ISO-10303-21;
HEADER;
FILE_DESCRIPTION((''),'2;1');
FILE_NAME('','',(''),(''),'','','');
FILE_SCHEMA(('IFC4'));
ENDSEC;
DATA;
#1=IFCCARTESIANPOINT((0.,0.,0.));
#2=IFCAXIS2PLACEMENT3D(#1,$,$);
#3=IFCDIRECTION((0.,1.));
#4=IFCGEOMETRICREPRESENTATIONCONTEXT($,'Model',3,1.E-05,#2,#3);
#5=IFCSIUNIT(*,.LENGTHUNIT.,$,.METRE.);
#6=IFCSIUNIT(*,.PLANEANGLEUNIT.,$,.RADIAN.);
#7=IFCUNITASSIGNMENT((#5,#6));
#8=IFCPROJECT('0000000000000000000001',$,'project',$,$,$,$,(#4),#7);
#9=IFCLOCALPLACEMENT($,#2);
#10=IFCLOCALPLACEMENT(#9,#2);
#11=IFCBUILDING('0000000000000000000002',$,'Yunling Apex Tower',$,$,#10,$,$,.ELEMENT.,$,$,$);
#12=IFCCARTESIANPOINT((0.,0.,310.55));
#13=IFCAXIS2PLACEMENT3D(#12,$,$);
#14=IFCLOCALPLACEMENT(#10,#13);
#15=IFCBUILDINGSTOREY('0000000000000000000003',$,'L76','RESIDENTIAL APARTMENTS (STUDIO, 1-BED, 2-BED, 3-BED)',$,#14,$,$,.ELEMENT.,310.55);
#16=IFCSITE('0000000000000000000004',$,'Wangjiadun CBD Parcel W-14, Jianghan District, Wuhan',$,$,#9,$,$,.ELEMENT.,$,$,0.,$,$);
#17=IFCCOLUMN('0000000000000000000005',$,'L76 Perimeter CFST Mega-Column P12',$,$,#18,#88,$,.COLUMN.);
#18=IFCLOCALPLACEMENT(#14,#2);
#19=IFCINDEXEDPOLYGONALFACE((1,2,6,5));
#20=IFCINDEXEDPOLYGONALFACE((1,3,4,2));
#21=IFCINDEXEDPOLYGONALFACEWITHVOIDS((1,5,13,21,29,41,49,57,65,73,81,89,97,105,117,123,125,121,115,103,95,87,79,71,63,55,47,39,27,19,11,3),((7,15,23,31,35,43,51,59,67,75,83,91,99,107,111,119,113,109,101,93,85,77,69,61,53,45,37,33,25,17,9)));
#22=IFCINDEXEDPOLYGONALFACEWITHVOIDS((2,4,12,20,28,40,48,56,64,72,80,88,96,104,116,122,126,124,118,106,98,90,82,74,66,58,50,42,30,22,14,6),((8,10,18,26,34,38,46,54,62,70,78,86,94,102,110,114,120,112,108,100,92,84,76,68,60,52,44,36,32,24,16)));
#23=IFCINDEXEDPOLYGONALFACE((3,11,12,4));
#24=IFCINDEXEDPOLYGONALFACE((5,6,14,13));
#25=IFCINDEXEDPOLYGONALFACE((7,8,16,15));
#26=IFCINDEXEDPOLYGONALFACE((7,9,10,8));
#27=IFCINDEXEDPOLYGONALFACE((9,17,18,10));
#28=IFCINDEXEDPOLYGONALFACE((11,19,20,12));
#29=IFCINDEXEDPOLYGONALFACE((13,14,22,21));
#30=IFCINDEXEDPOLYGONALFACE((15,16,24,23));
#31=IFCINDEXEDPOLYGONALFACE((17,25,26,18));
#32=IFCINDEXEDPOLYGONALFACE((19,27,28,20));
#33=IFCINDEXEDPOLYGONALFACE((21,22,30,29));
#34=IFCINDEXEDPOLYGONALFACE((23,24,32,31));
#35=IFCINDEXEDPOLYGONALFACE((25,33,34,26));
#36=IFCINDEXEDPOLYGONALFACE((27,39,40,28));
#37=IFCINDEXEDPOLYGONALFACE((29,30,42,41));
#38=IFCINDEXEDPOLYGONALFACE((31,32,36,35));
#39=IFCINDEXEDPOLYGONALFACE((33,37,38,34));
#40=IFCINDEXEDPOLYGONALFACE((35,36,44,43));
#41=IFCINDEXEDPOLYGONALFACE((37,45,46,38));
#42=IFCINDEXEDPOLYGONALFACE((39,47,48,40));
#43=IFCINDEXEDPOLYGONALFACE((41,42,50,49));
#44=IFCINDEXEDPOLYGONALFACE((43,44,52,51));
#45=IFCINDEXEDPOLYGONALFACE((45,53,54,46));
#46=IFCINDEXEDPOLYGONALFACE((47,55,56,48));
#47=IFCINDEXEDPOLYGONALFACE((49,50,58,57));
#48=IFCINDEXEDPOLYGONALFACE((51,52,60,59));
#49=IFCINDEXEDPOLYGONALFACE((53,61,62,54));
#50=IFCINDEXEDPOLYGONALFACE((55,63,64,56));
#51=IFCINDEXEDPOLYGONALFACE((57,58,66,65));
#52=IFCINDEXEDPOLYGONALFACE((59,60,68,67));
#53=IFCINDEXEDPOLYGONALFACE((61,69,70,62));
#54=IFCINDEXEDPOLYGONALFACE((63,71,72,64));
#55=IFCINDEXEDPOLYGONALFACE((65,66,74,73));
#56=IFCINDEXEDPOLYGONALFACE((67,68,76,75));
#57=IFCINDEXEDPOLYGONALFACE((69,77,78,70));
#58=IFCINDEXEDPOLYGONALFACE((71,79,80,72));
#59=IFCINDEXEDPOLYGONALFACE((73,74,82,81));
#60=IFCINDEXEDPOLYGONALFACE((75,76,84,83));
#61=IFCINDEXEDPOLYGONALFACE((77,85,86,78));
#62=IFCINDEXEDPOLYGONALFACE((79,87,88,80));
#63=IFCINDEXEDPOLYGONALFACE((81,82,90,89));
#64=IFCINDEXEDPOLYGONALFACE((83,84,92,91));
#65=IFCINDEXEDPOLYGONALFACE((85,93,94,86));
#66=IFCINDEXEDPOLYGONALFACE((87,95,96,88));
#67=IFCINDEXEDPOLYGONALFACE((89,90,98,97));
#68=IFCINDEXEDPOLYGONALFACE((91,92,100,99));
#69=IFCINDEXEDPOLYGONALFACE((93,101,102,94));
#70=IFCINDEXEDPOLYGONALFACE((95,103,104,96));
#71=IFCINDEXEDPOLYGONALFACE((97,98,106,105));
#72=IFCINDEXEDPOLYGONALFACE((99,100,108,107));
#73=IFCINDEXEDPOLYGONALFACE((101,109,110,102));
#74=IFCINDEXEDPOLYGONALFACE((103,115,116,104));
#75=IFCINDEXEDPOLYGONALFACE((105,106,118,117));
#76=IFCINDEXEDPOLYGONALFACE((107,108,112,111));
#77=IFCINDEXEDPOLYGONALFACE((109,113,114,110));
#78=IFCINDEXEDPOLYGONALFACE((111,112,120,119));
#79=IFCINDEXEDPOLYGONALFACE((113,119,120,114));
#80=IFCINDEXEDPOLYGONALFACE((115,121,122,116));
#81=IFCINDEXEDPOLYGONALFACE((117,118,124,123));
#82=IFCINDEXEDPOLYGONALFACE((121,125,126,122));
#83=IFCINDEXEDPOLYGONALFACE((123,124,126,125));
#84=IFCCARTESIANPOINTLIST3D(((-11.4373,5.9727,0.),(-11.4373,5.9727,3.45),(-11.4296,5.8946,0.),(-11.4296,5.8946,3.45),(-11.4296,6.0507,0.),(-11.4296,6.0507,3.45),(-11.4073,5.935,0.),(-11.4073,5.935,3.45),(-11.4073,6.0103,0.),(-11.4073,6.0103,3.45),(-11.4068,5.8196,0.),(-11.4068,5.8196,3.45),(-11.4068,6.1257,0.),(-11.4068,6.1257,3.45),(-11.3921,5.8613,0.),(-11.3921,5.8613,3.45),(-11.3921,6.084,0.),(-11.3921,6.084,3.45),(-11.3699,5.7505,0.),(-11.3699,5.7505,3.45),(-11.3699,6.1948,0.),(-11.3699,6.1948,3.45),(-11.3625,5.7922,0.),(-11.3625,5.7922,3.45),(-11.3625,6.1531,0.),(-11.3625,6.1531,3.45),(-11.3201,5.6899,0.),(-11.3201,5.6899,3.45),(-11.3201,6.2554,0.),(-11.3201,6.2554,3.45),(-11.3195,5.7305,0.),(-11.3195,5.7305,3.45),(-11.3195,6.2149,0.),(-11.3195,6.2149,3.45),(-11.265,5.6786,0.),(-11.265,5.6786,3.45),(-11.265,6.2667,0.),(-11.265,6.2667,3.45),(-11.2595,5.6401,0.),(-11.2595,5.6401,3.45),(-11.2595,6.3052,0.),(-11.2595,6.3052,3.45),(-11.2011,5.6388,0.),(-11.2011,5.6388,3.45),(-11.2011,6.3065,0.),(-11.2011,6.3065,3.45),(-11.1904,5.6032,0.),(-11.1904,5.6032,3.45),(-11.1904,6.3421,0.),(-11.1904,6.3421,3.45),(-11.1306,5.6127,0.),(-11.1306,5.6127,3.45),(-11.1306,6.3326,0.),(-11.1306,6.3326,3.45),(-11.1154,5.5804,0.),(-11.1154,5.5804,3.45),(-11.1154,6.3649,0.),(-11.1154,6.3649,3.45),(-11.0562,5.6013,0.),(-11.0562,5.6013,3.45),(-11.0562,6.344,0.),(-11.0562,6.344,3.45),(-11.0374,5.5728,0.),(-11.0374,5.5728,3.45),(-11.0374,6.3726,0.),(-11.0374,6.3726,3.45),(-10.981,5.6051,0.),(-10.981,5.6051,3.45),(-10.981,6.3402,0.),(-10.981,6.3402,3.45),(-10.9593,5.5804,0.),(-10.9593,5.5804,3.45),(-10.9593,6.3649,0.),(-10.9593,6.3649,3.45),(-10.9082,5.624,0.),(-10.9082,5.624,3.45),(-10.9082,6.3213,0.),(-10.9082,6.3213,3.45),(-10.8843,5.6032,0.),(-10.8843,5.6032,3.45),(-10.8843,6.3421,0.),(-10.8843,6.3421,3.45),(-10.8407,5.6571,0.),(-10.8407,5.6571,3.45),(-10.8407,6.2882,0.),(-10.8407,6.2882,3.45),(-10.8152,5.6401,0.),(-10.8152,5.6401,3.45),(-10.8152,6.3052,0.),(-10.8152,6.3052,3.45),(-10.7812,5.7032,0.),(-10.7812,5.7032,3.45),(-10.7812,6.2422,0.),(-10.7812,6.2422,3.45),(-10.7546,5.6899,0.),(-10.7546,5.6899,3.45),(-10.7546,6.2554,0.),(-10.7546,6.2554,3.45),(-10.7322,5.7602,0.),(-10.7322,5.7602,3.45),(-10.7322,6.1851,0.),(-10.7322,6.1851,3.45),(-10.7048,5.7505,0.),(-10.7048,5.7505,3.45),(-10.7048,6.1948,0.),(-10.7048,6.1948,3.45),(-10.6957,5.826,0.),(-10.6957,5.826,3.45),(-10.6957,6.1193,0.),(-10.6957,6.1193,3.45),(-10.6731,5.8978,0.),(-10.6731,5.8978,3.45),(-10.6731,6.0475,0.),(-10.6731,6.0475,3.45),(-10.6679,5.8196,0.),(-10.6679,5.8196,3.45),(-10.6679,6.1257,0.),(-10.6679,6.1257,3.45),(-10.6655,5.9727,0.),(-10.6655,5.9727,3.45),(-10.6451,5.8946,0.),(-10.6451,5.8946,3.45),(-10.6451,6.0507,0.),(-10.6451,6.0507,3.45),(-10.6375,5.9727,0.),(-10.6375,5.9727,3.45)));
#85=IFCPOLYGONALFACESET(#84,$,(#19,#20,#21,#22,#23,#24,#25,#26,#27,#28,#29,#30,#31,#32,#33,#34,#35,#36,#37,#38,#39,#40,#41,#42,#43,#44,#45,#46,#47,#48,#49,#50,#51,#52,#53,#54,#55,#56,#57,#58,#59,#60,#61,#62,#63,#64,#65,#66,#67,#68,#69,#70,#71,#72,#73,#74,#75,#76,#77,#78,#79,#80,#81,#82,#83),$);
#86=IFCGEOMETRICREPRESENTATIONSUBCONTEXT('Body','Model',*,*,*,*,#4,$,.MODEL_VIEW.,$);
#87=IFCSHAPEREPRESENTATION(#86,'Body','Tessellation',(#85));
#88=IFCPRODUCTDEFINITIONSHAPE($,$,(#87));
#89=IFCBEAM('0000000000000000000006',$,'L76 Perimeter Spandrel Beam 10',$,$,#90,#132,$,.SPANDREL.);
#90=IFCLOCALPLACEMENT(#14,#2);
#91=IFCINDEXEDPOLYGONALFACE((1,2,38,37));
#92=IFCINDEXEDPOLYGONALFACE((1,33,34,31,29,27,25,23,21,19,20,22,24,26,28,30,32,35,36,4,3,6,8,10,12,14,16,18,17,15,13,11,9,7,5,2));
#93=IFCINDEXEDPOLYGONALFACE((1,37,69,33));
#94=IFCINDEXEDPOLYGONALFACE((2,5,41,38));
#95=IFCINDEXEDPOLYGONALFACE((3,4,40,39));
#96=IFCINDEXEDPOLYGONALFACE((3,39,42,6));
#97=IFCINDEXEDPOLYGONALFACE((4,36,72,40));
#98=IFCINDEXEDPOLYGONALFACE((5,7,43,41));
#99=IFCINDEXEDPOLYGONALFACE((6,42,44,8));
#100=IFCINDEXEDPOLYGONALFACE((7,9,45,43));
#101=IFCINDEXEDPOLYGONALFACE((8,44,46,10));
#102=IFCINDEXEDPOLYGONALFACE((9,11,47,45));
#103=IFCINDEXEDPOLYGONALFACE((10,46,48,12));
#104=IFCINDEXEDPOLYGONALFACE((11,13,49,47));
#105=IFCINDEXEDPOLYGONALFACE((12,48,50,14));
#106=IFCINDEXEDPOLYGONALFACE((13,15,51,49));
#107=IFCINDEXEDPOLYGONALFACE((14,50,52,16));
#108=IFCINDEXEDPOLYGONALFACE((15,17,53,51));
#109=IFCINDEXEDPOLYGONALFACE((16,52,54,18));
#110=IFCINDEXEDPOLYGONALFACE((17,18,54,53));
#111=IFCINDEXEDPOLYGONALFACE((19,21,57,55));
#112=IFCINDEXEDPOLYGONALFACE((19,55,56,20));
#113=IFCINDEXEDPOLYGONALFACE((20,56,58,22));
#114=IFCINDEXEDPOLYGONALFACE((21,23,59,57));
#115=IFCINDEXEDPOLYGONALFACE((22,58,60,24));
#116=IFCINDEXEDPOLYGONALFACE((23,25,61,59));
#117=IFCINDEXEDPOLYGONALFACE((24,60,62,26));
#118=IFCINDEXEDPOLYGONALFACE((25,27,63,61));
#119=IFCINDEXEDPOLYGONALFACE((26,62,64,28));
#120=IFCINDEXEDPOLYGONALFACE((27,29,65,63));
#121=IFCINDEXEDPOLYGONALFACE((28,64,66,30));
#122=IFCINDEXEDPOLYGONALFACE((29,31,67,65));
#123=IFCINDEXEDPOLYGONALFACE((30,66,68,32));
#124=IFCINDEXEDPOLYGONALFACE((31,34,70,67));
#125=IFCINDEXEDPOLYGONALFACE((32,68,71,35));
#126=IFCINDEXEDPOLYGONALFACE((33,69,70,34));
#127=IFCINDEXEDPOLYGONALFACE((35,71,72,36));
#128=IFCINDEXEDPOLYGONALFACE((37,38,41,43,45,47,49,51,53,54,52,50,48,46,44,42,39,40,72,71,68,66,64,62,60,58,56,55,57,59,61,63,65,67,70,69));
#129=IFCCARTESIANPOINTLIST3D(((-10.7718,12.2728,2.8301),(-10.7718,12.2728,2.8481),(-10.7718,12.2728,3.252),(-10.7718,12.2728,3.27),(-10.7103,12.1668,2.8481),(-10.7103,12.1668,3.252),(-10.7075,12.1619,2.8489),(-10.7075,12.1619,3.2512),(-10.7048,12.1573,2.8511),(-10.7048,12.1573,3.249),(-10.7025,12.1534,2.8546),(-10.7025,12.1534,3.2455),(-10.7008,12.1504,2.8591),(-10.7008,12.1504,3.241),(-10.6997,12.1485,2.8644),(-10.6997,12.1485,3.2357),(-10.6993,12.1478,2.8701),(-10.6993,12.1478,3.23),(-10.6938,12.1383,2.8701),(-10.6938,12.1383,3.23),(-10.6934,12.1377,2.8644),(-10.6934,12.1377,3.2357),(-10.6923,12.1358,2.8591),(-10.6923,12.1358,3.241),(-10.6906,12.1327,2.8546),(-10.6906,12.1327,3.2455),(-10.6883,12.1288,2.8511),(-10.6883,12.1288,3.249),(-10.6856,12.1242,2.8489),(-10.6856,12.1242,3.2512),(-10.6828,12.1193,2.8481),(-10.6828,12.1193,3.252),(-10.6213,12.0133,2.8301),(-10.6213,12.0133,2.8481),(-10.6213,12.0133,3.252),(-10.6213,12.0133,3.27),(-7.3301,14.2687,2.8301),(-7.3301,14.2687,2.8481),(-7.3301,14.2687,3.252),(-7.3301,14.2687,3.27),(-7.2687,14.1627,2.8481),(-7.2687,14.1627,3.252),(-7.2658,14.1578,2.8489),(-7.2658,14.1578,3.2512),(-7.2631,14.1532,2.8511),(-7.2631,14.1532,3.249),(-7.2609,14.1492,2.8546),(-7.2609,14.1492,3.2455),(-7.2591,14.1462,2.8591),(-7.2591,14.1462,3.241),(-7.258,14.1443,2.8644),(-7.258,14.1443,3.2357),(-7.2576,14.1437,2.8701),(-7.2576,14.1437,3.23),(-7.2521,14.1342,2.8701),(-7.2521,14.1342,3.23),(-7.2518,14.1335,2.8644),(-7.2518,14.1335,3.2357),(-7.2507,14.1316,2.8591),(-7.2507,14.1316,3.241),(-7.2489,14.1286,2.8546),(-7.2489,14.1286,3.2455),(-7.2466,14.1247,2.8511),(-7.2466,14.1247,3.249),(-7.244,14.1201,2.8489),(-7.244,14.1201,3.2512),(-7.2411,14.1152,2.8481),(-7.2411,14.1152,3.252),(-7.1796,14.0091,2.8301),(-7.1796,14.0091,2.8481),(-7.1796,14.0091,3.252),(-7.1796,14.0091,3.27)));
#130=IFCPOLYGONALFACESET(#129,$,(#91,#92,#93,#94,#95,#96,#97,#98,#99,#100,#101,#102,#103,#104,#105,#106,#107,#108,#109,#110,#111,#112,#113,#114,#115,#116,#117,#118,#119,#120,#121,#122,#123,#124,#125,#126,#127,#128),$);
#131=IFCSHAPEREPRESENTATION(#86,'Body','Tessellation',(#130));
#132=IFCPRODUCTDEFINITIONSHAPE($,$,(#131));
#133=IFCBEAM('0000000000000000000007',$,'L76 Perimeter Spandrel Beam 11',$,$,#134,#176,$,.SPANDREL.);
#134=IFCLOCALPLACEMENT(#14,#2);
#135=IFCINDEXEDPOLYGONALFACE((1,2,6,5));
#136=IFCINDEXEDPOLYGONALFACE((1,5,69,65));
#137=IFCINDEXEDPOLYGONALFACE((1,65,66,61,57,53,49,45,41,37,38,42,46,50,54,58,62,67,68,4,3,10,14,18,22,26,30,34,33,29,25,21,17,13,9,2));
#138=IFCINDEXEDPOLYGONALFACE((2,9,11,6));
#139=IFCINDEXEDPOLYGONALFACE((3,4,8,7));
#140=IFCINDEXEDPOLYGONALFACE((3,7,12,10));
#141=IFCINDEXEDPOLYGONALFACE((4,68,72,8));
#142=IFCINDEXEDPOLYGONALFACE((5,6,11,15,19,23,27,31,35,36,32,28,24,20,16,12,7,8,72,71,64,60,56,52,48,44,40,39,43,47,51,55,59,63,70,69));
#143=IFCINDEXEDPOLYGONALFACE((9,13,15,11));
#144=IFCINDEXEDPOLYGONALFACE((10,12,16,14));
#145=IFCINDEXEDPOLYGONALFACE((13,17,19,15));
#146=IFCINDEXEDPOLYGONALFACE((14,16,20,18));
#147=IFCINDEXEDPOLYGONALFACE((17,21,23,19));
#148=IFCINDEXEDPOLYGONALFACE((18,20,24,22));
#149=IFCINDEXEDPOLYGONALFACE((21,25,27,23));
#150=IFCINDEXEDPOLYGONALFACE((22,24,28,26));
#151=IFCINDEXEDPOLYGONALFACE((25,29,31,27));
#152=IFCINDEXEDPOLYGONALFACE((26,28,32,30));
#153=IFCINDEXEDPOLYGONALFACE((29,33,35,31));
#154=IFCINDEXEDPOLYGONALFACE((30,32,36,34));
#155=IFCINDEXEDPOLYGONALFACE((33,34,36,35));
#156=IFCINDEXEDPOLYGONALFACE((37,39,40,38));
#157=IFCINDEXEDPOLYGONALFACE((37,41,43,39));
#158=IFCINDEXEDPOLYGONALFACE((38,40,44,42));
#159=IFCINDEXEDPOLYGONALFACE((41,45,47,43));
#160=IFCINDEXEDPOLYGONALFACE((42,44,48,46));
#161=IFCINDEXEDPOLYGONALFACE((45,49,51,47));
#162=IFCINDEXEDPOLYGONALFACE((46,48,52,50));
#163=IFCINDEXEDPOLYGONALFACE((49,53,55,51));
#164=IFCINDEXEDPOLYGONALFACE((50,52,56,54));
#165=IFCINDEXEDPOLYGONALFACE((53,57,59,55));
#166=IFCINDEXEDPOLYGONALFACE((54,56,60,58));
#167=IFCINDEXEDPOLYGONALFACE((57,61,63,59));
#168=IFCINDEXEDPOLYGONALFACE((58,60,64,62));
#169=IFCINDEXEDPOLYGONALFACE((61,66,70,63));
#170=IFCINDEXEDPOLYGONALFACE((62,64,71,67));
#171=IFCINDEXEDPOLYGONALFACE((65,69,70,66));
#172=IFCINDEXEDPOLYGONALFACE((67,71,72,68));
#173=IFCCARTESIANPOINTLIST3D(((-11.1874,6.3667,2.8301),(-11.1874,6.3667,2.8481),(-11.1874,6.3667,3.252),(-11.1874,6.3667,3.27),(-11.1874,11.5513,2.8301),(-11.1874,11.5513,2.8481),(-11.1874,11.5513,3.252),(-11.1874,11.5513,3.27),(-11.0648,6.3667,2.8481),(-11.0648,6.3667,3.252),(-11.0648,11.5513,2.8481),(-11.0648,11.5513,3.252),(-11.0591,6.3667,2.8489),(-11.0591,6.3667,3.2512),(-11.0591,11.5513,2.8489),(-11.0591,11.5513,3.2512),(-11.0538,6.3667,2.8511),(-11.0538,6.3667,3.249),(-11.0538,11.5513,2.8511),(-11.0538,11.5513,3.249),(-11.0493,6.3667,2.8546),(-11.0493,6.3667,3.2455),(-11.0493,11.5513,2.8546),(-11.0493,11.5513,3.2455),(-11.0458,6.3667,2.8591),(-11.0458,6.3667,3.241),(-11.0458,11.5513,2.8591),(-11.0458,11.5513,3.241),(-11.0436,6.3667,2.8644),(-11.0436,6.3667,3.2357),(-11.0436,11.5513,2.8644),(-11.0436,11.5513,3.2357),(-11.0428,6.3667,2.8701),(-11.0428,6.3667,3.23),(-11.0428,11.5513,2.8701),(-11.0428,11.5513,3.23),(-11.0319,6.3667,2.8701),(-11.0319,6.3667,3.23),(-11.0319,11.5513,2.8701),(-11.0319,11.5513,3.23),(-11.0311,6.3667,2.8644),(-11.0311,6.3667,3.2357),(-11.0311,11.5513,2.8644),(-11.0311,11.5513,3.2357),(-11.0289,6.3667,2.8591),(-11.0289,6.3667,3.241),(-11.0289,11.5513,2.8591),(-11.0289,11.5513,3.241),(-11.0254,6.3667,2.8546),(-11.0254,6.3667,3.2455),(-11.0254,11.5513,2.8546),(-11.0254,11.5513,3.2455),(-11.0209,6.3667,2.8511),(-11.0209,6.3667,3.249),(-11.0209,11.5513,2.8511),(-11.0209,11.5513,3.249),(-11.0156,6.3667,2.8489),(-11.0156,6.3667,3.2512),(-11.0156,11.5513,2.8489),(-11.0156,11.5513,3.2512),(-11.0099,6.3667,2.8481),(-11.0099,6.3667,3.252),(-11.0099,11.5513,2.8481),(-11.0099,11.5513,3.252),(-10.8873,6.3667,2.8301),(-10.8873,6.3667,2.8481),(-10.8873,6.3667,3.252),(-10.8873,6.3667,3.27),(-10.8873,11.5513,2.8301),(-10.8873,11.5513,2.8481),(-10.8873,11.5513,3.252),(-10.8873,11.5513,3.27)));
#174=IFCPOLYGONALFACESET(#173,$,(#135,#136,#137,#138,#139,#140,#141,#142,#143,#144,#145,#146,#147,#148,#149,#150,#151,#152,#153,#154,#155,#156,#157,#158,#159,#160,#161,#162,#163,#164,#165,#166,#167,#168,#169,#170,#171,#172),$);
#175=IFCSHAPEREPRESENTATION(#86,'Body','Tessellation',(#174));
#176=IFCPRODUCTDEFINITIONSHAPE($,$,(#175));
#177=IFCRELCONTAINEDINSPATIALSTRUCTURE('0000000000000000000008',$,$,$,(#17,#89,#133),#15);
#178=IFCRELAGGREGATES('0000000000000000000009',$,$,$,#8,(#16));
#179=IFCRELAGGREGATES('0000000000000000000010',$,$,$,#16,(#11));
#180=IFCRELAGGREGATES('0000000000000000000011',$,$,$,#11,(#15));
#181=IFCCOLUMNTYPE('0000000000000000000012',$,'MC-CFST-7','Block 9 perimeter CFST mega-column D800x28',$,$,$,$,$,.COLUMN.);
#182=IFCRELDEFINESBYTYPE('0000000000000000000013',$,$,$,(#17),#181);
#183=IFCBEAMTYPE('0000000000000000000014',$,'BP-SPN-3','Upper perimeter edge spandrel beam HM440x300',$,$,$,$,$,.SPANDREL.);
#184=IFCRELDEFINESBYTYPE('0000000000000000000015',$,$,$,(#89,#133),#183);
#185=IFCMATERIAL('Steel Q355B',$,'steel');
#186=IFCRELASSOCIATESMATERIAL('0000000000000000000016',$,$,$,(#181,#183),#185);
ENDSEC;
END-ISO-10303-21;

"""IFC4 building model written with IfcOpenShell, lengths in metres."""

from ifc_helpers import new_model, si_unit, direction, frame, origin, origin_2d, place, context, subcontext, project, spatial, hollow_circle, i_section, extrude, source, transform, mapped, material, material_profile, profile_set, type_object, element, save


model = new_model("IFC4")

# Units and contexts
model_context = context("Model", 3, precision=1e-05, world=origin(), true_north=direction((0.0, 1.0)))
body_context = subcontext(model_context, "Body", "Model", "MODEL_VIEW")
ifc_project = project(units=[si_unit("LENGTHUNIT", "METRE"), si_unit("PLANEANGLEUNIT", "RADIAN")], contexts=[model_context])

# Site, building, storey
site_placement = place(None, origin())
site = spatial("IfcSite", under=ifc_project, at=site_placement, Name="Wangjiadun CBD Parcel W-14, Jianghan District, Wuhan", CompositionType="ELEMENT", RefElevation=0.0)
building_placement = place(site_placement, origin())
building = spatial("IfcBuilding", under=site, at=building_placement, Name="Yunling Apex Tower", CompositionType="ELEMENT")
storey_placement = place(building_placement, frame((0.0, 0.0, 310.55)))
storey = spatial("IfcBuildingStorey", under=building, at=storey_placement, Name="L76", Description="RESIDENTIAL APARTMENTS (STUDIO, 1-BED, 2-BED, 3-BED)", CompositionType="ELEMENT", Elevation=310.55)

# Column
ifc_material_1 = material(Name="Steel Q355B", Category="steel")
ifc_material_profile_1 = material_profile(ifc_material_1, hollow_circle(Radius=0.3999, WallThickness=0.0281, at=origin_2d()))
ifc_profile_set_1 = profile_set([ifc_material_profile_1], Name="Steel Q355B")
column_type = type_object("IfcColumnType", Name="MC-CFST-7", Description="Block 9 perimeter CFST mega-column D800x28", PredefinedType="COLUMN", material=ifc_profile_set_1)
shared_shape_1 = source(origin(), body_context, "Body", "SweptSolid", [
    extrude(hollow_circle(Radius=0.3999, WallThickness=0.0281, at=origin_2d()), origin(), (0.0, 0.0, 1.0), 3.45),
])
for number, where, z_axis, x_axis, name in (
    (1, (-11.0374, 5.9727, 0.0), (0.0, 0.0, 1.0), (1.0, 0.0, 0.0), "L76 Perimeter CFST Mega-Column P12"),
):
    element("IfcColumn", number, at=place(storey_placement, frame(where, z_axis=z_axis, x_axis=x_axis)), inside=storey, type_object=column_type, Name=name, PredefinedType="COLUMN", context=body_context, shape_type="MappedRepresentation", body=[
        mapped(shared_shape_1, transform((0.0, 0.0, 0.0), scale=1.0)),
    ])

# Beams
ifc_material_profile_2 = material_profile(ifc_material_1, i_section(OverallWidth=0.3, OverallDepth=0.4399, WebThickness=0.011, FlangeThickness=0.0181, FilletRadius=0.022, at=origin_2d()))
ifc_profile_set_2 = profile_set([ifc_material_profile_2], Name="Steel Q355B")
beam_type_1 = type_object("IfcBeamType", Name="BP-SPN-3", Description="Upper perimeter edge spandrel beam HM440x300", PredefinedType="SPANDREL", material=ifc_profile_set_2)
shared_shape_2 = source(origin(), body_context, "Body", "SweptSolid", [
    extrude(i_section(OverallWidth=0.3, OverallDepth=0.4399, WebThickness=0.011, FlangeThickness=0.0181, FilletRadius=0.022, at=origin_2d()), origin(), (0.0, 0.0, 1.0), 3.9785),
])
beam_1_placement = place(storey_placement, frame((-7.2549, 14.1389, 3.05), z_axis=(-0.865065, -0.50166, 0.0), x_axis=(0.50166, -0.865065, 0.0)))
element("IfcBeam", 2, at=beam_1_placement, inside=storey, type_object=beam_type_1, Name="L76 Perimeter Spandrel Beam 10", PredefinedType="SPANDREL", context=body_context, shape_type="MappedRepresentation", body=[
    mapped(shared_shape_2, transform((0.0, 0.0, 0.0), scale=1.0)),
])
shared_shape_3 = source(origin(), body_context, "Body", "SweptSolid", [
    extrude(i_section(OverallWidth=0.3, OverallDepth=0.4399, WebThickness=0.011, FlangeThickness=0.0181, FilletRadius=0.022, at=origin_2d()), origin(), (0.0, 0.0, 1.0), 5.1846),
])
beam_2_placement = place(storey_placement, frame((-11.0374, 11.5513, 3.05), z_axis=(0.0, -1.0, 0.0), x_axis=(1.0, 0.0, 0.0)))
element("IfcBeam", 3, at=beam_2_placement, inside=storey, type_object=beam_type_1, Name="L76 Perimeter Spandrel Beam 11", PredefinedType="SPANDREL", context=body_context, shape_type="MappedRepresentation", body=[
    mapped(shared_shape_3, transform((0.0, 0.0, 0.0), scale=1.0)),
])

save(model, "model.ifc")
